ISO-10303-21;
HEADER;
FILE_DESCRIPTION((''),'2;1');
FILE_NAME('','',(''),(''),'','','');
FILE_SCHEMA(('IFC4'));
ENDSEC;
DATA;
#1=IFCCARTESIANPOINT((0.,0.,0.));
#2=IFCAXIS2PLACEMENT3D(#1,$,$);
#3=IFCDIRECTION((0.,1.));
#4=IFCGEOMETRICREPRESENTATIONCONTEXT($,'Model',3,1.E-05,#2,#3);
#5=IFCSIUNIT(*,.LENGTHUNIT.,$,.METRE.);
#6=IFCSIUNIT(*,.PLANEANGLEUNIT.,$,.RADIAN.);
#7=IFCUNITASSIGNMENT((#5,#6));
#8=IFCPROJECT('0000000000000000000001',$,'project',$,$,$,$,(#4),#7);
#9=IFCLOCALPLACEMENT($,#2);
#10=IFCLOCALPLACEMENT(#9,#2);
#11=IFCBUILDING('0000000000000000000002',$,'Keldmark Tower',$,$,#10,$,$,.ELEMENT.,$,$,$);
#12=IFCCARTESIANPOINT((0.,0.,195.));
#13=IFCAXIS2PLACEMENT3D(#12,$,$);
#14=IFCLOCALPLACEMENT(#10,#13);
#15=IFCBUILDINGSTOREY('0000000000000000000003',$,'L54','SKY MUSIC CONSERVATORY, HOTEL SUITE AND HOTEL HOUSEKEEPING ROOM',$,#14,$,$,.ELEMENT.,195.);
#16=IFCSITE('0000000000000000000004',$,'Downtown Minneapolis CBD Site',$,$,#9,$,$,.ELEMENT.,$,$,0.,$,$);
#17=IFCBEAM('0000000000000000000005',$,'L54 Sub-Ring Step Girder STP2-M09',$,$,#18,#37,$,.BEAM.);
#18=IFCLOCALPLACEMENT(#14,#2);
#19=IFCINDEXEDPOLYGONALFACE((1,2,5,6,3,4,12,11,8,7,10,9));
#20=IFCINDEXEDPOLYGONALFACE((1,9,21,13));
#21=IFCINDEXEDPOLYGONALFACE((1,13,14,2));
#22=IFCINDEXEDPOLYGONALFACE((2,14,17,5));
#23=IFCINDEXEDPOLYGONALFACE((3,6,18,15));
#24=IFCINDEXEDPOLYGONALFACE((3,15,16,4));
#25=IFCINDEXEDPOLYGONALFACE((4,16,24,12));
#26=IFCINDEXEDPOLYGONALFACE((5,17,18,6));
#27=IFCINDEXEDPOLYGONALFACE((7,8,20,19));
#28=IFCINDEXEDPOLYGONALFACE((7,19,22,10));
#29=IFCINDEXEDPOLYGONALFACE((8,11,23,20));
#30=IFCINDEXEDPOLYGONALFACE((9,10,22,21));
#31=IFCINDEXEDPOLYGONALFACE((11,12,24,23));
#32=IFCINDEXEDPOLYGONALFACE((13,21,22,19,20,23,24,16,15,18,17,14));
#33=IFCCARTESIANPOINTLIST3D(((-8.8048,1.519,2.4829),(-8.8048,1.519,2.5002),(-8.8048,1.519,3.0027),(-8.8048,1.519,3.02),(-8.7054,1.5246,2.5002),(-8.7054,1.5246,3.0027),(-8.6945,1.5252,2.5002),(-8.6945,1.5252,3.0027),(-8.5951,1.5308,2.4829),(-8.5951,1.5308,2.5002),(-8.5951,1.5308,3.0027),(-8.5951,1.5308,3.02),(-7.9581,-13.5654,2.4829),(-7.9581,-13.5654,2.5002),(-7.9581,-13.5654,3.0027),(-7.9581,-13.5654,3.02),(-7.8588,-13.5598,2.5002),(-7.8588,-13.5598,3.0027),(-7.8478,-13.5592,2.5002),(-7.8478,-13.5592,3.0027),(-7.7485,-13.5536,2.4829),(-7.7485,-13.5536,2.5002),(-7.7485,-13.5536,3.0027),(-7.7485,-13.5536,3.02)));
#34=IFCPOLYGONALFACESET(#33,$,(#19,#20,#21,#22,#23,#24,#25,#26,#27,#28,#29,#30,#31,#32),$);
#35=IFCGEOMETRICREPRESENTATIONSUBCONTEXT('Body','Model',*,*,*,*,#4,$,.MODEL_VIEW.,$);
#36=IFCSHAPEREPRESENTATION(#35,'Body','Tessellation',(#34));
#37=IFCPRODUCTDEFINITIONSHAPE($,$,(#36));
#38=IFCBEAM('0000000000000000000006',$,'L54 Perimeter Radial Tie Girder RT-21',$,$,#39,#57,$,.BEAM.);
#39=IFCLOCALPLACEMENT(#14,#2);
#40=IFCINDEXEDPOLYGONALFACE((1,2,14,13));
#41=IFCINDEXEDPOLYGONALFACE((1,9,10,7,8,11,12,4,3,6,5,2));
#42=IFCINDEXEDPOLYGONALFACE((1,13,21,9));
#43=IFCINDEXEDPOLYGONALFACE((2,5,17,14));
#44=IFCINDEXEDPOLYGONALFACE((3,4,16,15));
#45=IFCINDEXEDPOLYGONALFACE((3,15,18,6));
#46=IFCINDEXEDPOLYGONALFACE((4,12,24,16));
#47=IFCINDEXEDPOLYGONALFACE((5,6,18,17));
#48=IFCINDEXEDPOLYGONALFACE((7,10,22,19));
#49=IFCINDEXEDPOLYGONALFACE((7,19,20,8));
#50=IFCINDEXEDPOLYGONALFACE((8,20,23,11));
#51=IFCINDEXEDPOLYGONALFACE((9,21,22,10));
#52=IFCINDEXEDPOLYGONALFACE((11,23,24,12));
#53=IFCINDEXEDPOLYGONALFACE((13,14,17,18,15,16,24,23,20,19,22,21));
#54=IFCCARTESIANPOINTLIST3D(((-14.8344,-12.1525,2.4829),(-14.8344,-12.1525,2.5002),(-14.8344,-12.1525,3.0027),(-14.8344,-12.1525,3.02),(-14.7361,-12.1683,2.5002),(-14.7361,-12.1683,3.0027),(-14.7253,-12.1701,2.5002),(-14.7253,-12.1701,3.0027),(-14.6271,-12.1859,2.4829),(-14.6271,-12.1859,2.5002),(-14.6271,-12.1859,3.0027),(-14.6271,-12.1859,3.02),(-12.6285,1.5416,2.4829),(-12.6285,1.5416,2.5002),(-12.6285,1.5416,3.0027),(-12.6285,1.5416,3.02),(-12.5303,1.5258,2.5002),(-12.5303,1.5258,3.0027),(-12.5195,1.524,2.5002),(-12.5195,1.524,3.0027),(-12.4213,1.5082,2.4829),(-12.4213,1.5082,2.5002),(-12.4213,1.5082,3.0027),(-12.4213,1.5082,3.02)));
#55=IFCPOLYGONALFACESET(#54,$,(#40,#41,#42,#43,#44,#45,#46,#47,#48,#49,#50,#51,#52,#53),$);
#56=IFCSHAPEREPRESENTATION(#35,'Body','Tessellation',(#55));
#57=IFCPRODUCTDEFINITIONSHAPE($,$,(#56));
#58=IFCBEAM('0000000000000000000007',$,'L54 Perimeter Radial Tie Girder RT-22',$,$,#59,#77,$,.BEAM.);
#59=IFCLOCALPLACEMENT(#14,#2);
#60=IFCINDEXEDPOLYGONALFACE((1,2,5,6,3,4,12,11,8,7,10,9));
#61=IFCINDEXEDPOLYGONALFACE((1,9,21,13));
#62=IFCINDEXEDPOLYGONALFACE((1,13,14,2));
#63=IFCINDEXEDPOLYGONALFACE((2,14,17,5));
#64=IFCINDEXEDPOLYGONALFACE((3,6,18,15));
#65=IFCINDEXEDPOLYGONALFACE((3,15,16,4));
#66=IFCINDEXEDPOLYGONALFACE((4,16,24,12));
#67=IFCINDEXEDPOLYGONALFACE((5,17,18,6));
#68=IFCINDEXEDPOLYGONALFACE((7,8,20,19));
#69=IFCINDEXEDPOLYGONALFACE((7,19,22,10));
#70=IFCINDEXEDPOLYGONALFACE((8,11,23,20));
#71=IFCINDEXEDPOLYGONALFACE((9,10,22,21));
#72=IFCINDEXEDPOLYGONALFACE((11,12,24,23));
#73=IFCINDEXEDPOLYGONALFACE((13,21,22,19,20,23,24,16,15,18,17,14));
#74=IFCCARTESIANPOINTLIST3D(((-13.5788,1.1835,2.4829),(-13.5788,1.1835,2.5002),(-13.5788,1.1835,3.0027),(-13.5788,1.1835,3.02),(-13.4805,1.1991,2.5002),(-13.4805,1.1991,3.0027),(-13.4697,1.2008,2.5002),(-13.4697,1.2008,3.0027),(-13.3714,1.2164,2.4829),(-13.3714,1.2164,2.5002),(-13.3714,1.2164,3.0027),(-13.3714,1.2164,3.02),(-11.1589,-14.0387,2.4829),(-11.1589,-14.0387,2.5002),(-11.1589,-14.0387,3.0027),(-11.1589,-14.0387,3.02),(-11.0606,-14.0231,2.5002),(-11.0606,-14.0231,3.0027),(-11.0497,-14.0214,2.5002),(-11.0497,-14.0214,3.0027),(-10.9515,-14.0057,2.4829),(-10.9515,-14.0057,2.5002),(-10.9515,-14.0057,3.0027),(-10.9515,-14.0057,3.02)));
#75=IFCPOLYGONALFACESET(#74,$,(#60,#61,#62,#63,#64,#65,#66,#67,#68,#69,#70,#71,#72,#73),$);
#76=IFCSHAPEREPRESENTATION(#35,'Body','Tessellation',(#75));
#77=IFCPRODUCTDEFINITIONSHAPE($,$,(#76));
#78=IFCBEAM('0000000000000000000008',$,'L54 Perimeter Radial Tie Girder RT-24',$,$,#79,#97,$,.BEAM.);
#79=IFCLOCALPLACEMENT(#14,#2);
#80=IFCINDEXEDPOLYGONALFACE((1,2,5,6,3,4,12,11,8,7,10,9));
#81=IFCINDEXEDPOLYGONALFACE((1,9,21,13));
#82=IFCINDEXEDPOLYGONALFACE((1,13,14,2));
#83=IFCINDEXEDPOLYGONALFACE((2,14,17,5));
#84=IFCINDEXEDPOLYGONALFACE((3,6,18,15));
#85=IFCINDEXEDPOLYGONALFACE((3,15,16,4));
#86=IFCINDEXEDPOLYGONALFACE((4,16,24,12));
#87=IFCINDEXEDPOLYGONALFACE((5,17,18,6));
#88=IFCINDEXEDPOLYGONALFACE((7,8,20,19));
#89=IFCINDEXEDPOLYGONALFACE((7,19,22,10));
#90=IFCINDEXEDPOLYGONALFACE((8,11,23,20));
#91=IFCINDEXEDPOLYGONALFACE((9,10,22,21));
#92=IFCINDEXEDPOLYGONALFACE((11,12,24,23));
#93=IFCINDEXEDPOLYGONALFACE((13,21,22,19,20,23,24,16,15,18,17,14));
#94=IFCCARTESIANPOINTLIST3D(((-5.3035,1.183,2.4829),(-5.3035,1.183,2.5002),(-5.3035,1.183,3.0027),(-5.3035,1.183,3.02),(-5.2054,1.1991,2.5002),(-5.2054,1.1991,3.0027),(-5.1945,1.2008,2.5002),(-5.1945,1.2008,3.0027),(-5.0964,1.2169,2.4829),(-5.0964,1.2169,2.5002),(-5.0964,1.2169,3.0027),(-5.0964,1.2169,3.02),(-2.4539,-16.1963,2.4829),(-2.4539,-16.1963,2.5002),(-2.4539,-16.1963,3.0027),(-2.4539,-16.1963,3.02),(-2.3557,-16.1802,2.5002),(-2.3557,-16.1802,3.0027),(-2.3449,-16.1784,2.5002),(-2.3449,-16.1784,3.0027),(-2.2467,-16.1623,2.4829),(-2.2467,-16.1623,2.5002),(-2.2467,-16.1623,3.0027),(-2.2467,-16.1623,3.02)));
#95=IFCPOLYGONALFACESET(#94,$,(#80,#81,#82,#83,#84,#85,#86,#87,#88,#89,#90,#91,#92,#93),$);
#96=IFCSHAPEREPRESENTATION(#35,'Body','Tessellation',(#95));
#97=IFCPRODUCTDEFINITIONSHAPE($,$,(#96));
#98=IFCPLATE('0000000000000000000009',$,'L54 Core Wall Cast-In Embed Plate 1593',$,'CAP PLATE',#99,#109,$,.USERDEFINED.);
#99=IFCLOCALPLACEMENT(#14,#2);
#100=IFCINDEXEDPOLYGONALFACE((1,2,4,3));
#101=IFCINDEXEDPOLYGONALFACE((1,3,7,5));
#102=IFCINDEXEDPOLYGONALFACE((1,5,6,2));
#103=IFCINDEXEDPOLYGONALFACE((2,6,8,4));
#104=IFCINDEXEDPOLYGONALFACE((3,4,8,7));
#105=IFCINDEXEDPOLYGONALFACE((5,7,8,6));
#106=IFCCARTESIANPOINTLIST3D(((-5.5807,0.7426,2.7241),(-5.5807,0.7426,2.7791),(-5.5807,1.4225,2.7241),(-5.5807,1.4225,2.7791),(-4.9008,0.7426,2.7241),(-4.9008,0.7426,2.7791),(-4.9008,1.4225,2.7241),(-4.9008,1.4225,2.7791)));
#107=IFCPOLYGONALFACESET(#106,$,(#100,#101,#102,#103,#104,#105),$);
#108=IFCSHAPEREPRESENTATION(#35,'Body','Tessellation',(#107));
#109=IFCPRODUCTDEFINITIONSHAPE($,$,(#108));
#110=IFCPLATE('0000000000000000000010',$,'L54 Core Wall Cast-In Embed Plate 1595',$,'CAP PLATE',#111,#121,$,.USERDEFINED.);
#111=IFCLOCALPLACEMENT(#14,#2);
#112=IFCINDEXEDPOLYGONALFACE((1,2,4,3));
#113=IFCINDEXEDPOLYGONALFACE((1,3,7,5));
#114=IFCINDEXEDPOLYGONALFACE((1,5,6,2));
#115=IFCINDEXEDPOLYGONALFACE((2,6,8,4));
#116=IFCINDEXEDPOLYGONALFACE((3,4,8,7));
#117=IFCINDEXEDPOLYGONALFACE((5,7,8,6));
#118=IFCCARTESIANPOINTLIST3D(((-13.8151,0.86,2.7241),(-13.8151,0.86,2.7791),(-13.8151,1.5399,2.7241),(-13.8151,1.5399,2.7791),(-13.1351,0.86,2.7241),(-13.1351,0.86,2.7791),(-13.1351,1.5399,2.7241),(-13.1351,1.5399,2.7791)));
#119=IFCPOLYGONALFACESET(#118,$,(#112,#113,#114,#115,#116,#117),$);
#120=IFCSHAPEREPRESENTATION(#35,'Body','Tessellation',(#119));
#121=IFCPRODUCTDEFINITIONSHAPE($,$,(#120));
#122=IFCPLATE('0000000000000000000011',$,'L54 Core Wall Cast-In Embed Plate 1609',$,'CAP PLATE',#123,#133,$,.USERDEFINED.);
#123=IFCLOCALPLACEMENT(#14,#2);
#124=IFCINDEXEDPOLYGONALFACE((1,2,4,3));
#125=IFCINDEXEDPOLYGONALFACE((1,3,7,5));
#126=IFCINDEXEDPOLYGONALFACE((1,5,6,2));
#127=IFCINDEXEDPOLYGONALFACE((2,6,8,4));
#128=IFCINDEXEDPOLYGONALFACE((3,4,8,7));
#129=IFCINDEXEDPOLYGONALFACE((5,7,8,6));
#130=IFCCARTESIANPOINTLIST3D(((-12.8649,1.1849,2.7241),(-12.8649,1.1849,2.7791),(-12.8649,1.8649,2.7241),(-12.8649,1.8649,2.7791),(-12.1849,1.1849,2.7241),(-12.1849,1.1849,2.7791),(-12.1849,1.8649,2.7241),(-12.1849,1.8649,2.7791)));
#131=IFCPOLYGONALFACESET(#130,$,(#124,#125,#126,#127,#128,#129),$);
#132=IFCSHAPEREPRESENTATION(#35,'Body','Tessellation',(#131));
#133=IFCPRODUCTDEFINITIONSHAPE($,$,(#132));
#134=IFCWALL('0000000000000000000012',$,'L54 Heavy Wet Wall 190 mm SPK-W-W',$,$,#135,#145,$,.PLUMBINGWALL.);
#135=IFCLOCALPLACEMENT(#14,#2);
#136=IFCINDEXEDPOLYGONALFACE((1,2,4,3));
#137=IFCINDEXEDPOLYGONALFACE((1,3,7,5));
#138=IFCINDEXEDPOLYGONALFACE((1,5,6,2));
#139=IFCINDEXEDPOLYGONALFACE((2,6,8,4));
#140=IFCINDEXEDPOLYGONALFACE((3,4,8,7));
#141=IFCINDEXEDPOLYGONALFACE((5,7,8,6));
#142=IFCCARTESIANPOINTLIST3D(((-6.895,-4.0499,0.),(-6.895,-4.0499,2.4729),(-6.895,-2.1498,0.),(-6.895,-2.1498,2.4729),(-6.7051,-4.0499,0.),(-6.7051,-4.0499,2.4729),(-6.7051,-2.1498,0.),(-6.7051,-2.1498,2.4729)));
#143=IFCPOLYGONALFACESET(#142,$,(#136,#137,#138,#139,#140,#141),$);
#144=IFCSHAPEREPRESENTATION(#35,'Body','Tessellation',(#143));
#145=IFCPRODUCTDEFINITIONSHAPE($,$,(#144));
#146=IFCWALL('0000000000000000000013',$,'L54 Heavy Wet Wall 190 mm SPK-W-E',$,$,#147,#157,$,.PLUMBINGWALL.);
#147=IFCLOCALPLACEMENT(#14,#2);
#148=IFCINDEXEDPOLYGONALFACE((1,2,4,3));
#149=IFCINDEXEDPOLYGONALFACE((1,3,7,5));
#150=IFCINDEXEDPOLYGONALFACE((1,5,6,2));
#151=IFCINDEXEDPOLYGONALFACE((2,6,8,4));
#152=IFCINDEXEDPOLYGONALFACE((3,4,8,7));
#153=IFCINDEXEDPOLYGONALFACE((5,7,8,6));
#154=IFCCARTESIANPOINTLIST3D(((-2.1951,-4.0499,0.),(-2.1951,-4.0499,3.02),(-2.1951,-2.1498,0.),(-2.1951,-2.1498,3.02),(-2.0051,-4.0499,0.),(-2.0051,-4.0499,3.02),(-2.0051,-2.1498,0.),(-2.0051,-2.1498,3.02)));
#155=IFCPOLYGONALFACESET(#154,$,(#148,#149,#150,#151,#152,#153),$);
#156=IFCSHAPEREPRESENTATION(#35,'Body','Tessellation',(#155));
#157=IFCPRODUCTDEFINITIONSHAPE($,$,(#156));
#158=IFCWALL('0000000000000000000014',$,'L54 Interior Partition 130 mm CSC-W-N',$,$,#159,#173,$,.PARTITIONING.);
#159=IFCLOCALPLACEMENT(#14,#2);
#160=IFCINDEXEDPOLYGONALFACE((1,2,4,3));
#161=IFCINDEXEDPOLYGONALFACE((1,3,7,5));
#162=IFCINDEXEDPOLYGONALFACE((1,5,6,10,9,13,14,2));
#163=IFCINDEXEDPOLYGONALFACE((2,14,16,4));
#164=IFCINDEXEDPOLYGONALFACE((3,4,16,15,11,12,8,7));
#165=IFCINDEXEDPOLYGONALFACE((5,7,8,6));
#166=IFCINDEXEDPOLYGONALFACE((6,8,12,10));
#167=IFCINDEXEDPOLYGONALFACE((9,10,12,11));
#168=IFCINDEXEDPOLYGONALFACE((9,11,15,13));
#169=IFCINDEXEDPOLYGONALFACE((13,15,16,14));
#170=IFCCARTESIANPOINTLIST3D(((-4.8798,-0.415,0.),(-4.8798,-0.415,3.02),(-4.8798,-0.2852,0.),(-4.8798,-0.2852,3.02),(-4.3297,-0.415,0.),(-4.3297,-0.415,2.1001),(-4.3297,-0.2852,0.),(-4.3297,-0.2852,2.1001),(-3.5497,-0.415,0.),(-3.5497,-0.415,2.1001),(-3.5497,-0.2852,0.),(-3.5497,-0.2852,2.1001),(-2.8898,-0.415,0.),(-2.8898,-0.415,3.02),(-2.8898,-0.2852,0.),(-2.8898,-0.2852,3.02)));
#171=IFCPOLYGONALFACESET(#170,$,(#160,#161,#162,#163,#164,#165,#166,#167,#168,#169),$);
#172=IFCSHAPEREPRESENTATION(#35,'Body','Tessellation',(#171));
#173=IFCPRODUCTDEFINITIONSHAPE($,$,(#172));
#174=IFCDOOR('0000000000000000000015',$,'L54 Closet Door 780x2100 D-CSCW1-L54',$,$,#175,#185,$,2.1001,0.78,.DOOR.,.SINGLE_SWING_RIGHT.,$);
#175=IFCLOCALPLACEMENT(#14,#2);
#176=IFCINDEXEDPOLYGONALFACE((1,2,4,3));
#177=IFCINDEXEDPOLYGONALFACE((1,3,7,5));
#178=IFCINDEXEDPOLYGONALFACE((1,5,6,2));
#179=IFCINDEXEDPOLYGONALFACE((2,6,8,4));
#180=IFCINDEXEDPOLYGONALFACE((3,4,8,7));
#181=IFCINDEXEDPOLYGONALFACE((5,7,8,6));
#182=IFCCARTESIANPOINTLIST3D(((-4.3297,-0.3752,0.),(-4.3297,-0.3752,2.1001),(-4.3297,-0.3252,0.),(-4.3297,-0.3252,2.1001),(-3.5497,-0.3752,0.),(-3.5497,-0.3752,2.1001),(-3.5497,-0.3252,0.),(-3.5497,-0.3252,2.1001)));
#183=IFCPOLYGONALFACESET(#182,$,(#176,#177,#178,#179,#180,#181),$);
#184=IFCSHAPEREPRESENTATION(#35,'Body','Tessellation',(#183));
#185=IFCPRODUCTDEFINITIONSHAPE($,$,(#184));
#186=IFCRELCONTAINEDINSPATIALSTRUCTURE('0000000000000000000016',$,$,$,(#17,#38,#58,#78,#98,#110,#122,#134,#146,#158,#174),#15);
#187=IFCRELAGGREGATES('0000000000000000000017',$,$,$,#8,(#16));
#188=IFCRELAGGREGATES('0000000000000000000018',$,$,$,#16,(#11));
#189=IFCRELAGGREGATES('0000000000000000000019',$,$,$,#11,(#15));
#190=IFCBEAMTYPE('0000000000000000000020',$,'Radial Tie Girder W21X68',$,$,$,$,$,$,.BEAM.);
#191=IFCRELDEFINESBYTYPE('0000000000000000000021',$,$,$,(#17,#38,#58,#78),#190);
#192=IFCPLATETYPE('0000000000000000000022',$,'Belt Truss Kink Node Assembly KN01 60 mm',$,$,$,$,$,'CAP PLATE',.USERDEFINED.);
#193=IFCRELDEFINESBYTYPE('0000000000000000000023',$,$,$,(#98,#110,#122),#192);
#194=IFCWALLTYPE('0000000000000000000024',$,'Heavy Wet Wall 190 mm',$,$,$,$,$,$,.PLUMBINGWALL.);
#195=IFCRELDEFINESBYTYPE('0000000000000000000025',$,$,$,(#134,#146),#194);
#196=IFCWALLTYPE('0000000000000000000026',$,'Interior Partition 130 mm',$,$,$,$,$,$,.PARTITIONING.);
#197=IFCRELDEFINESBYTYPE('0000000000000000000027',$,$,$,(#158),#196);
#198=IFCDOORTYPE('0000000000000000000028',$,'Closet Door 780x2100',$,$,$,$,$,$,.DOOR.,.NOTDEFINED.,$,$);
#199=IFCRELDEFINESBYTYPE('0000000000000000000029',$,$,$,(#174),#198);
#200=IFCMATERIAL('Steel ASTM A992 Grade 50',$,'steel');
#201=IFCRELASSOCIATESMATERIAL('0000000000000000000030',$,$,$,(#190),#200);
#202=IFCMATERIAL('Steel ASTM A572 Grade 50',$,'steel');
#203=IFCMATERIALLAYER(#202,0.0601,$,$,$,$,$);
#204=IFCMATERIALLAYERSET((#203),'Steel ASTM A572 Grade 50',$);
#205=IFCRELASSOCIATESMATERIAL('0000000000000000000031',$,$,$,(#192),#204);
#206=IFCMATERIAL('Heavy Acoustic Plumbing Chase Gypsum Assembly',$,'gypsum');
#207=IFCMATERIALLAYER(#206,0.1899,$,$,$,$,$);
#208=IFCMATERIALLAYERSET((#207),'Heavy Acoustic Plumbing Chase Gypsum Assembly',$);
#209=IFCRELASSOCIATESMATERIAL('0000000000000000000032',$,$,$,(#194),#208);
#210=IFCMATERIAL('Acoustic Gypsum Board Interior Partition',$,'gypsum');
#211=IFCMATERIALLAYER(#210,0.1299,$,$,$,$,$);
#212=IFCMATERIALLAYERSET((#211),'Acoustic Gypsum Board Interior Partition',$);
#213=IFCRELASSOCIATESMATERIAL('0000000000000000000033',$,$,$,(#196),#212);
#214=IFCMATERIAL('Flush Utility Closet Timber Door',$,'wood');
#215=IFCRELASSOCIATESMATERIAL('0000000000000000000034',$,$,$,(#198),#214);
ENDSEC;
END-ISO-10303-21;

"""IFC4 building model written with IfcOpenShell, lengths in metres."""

from ifc_helpers import new_model, si_unit, direction, frame, frame_2d, origin, origin_2d, place, context, subcontext, project, spatial, rectangle, i_section, extrude, material, layer, layer_set, material_profile, profile_set, type_object, element, fill, save


model = new_model("IFC4")

# Units and contexts
model_context = context("Model", 3, precision=1e-05, world=origin(), true_north=direction((0.0, 1.0)))
body_context = subcontext(model_context, "Body", "Model", "MODEL_VIEW")
ifc_project = project(units=[si_unit("LENGTHUNIT", "METRE"), si_unit("PLANEANGLEUNIT", "RADIAN")], contexts=[model_context])

# Site, building, storey
site_placement = place(None, origin())
site = spatial("IfcSite", under=ifc_project, at=site_placement, Name="Downtown Minneapolis CBD Site", CompositionType="ELEMENT", RefElevation=0.0)
building_placement = place(site_placement, origin())
building = spatial("IfcBuilding", under=site, at=building_placement, Name="Keldmark Tower", CompositionType="ELEMENT")
storey_placement = place(building_placement, frame((0.0, 0.0, 195.0)))
storey = spatial("IfcBuildingStorey", under=building, at=storey_placement, Name="L54", Description="SKY MUSIC CONSERVATORY, HOTEL SUITE AND HOTEL HOUSEKEEPING ROOM", CompositionType="ELEMENT", Elevation=195.0)

# Beams
ifc_material_1 = material(Name="Steel ASTM A992 Grade 50", Category="steel")
ifc_material_profile_1 = material_profile(ifc_material_1, i_section(OverallWidth=0.21, OverallDepth=0.5371, WebThickness=0.011, FlangeThickness=0.0173, at=origin_2d()), Name="W21X68")
ifc_profile_set_1 = profile_set([ifc_material_profile_1], Name="Steel ASTM A992 Grade 50")
beam_type_1 = type_object("IfcBeamType", Name="Radial Tie Girder W21X68", PredefinedType="BEAM", material=ifc_profile_set_1)
beam_1_placement = place(storey_placement, frame((-8.7, 1.5249, 2.7515), z_axis=(0.056041, -0.998428, 0.0), x_axis=(0.998428, 0.056041, 0.0)))
element("IfcBeam", 1, at=beam_1_placement, inside=storey, type_object=beam_type_1, Name="L54 Sub-Ring Step Girder STP2-M09", PredefinedType="BEAM", context=body_context, shape_type="SweptSolid", body=[
    extrude(i_section(OverallWidth=0.21, OverallDepth=0.5371, WebThickness=0.011, FlangeThickness=0.0173, at=origin_2d()), origin(), (0.0, 0.0, 1.0), 15.1082),
])
beam_2_placement = place(storey_placement, frame((-12.5249, 1.5249, 2.7515), z_axis=(-0.159028, -0.987274, 0.0), x_axis=(0.987274, -0.159028, 0.0)))
element("IfcBeam", 2, at=beam_2_placement, inside=storey, type_object=beam_type_1, Name="L54 Perimeter Radial Tie Girder RT-21", PredefinedType="BEAM", context=body_context, shape_type="SweptSolid", body=[
    extrude(i_section(OverallWidth=0.21, OverallDepth=0.5371, WebThickness=0.011, FlangeThickness=0.0173, at=origin_2d()), origin(), (0.0, 0.0, 1.0), 13.8706),
])
beam_3_placement = place(storey_placement, frame((-13.4751, 1.2, 2.7515), z_axis=(0.157002, -0.987598, 0.0), x_axis=(0.987598, 0.157002, 0.0)))
element("IfcBeam", 3, at=beam_3_placement, inside=storey, type_object=beam_type_1, Name="L54 Perimeter Radial Tie Girder RT-22", PredefinedType="BEAM", context=body_context, shape_type="SweptSolid", body=[
    extrude(i_section(OverallWidth=0.21, OverallDepth=0.5371, WebThickness=0.011, FlangeThickness=0.0173, at=origin_2d()), origin(), (0.0, 0.0, 1.0), 15.4133),
])
beam_4_placement = place(storey_placement, frame((-5.2, 1.2, 2.7515), z_axis=(0.161806, -0.986823, 0.0), x_axis=(0.986823, 0.161806, 0.0)))
element("IfcBeam", 4, at=beam_4_placement, inside=storey, type_object=beam_type_1, Name="L54 Perimeter Radial Tie Girder RT-24", PredefinedType="BEAM", context=body_context, shape_type="SweptSolid", body=[
    extrude(i_section(OverallWidth=0.21, OverallDepth=0.5371, WebThickness=0.011, FlangeThickness=0.0173, at=origin_2d()), origin(), (0.0, 0.0, 1.0), 17.6113),
])

# Plates
ifc_material_2 = material(Name="Steel ASTM A572 Grade 50", Category="steel")
ifc_layer_1 = layer(ifc_material_2, 0.0601)
ifc_layer_set_1 = layer_set([ifc_layer_1], Name="Steel ASTM A572 Grade 50")
plate_type = type_object("IfcPlateType", Name="Belt Truss Kink Node Assembly KN01 60 mm", ElementType="CAP PLATE", PredefinedType="USERDEFINED", material=ifc_layer_set_1)
for number, where, z_axis, x_axis, name in (
    (5, (-5.2407, 1.0825, 2.7241), (0.0, 0.0, 1.0), (1.0, 0.0, 0.0), "L54 Core Wall Cast-In Embed Plate 1593"),
    (6, (-13.4751, 1.2, 2.7241), (0.0, 0.0, 1.0), (1.0, 0.0, 0.0), "L54 Core Wall Cast-In Embed Plate 1595"),
    (7, (-12.5249, 1.5249, 2.7241), (0.0, 0.0, 1.0), (1.0, 0.0, 0.0), "L54 Core Wall Cast-In Embed Plate 1609"),
):
    element("IfcPlate", number, at=place(storey_placement, frame(where, z_axis=z_axis, x_axis=x_axis)), inside=storey, type_object=plate_type, Name=name, ObjectType="CAP PLATE", PredefinedType="USERDEFINED", context=body_context, shape_type="SweptSolid", body=[
        extrude(rectangle(XDim=0.6799, YDim=0.6799, at=origin_2d()), origin(), (0.0, 0.0, 1.0), 0.0549),
    ])

# Shared definitions
ifc_material_3 = material(Name="Heavy Acoustic Plumbing Chase Gypsum Assembly", Category="gypsum")
ifc_layer_2 = layer(ifc_material_3, 0.1899)
ifc_layer_set_2 = layer_set([ifc_layer_2], Name="Heavy Acoustic Plumbing Chase Gypsum Assembly")
wall_type_1 = type_object("IfcWallType", Name="Heavy Wet Wall 190 mm", PredefinedType="PLUMBINGWALL", material=ifc_layer_set_2)

# Walls
wall_1_placement = place(storey_placement, frame((-6.8, -4.05, 0.0), z_axis=(0.0, 0.0, 1.0), x_axis=(0.0, 1.0, 0.0)))
element("IfcWall", 8, at=wall_1_placement, inside=storey, type_object=wall_type_1, Name="L54 Heavy Wet Wall 190 mm SPK-W-W", PredefinedType="PLUMBINGWALL", context=body_context, shape_type="SweptSolid", body=[
    extrude(rectangle(XDim=1.9001, YDim=0.1899, at=frame_2d((0.9502, 0.0))), origin(), (0.0, 0.0, 1.0), 2.4729),
])
wall_2_placement = place(storey_placement, frame((-2.1001, -4.05, 0.0), z_axis=(0.0, 0.0, 1.0), x_axis=(0.0, 1.0, 0.0)))
element("IfcWall", 9, at=wall_2_placement, inside=storey, type_object=wall_type_1, Name="L54 Heavy Wet Wall 190 mm SPK-W-E", PredefinedType="PLUMBINGWALL", context=body_context, shape_type="SweptSolid", body=[
    extrude(rectangle(XDim=1.9001, YDim=0.1899, at=frame_2d((0.9502, 0.0))), origin(), (0.0, 0.0, 1.0), 3.02),
])

# Wall, opening, door
ifc_material_4 = material(Name="Acoustic Gypsum Board Interior Partition", Category="gypsum")
ifc_layer_3 = layer(ifc_material_4, 0.1299)
ifc_layer_set_3 = layer_set([ifc_layer_3], Name="Acoustic Gypsum Board Interior Partition")
wall_type_2 = type_object("IfcWallType", Name="Interior Partition 130 mm", PredefinedType="PARTITIONING", material=ifc_layer_set_3)
wall_3_placement = place(storey_placement, frame((-4.8799, -0.3501, 0.0), z_axis=(0.0, 0.0, 1.0), x_axis=(1.0, 0.0, 0.0)))
wall_3 = element("IfcWall", 10, at=wall_3_placement, inside=storey, type_object=wall_type_2, Name="L54 Interior Partition 130 mm CSC-W-N", PredefinedType="PARTITIONING", context=body_context, shape_type="SweptSolid", body=[
    extrude(rectangle(XDim=1.99, YDim=0.1299, at=frame_2d((0.9951, 0.0))), origin(), (0.0, 0.0, 1.0), 3.02),
])
opening_1_placement = place(wall_3_placement, frame((0.55, 0.0, 0.0)))
opening_1 = element("IfcOpeningElement", 11, at=opening_1_placement, cuts=wall_3, PredefinedType="OPENING", context=body_context, shape_type="SweptSolid", body=[
    extrude(rectangle(XDim=0.78, YDim=2.1001, at=frame_2d((0.3901, 1.05))), frame((0.0, 0.075, 0.0), z_axis=(0.0, -1.0, 0.0), x_axis=(1.0, 0.0, 0.0)), (0.0, 0.0, 1.0), 0.1499),
])
ifc_material_5 = material(Name="Flush Utility Closet Timber Door", Category="wood")
door_type_1 = type_object("IfcDoorType", Name="Closet Door 780x2100", OperationType="NOTDEFINED", PredefinedType="DOOR", material=ifc_material_5)
door_1_placement = place(opening_1_placement, origin())
door_1 = element("IfcDoor", 12, at=door_1_placement, inside=storey, type_object=door_type_1, Name="L54 Closet Door 780x2100 D-CSCW1-L54", OperationType="SINGLE_SWING_RIGHT", OverallHeight=2.1001, OverallWidth=0.78, PredefinedType="DOOR", context=body_context, shape_type="SweptSolid", body=[
    extrude(rectangle(XDim=0.78, YDim=2.1001, at=frame_2d((0.3901, 1.05))), frame((0.0, 0.0249, 0.0), z_axis=(0.0, -1.0, 0.0), x_axis=(1.0, 0.0, 0.0)), (0.0, 0.0, 1.0), 0.05),
])
fill(opening_1, door_1)

save(model, "model.ifc")
